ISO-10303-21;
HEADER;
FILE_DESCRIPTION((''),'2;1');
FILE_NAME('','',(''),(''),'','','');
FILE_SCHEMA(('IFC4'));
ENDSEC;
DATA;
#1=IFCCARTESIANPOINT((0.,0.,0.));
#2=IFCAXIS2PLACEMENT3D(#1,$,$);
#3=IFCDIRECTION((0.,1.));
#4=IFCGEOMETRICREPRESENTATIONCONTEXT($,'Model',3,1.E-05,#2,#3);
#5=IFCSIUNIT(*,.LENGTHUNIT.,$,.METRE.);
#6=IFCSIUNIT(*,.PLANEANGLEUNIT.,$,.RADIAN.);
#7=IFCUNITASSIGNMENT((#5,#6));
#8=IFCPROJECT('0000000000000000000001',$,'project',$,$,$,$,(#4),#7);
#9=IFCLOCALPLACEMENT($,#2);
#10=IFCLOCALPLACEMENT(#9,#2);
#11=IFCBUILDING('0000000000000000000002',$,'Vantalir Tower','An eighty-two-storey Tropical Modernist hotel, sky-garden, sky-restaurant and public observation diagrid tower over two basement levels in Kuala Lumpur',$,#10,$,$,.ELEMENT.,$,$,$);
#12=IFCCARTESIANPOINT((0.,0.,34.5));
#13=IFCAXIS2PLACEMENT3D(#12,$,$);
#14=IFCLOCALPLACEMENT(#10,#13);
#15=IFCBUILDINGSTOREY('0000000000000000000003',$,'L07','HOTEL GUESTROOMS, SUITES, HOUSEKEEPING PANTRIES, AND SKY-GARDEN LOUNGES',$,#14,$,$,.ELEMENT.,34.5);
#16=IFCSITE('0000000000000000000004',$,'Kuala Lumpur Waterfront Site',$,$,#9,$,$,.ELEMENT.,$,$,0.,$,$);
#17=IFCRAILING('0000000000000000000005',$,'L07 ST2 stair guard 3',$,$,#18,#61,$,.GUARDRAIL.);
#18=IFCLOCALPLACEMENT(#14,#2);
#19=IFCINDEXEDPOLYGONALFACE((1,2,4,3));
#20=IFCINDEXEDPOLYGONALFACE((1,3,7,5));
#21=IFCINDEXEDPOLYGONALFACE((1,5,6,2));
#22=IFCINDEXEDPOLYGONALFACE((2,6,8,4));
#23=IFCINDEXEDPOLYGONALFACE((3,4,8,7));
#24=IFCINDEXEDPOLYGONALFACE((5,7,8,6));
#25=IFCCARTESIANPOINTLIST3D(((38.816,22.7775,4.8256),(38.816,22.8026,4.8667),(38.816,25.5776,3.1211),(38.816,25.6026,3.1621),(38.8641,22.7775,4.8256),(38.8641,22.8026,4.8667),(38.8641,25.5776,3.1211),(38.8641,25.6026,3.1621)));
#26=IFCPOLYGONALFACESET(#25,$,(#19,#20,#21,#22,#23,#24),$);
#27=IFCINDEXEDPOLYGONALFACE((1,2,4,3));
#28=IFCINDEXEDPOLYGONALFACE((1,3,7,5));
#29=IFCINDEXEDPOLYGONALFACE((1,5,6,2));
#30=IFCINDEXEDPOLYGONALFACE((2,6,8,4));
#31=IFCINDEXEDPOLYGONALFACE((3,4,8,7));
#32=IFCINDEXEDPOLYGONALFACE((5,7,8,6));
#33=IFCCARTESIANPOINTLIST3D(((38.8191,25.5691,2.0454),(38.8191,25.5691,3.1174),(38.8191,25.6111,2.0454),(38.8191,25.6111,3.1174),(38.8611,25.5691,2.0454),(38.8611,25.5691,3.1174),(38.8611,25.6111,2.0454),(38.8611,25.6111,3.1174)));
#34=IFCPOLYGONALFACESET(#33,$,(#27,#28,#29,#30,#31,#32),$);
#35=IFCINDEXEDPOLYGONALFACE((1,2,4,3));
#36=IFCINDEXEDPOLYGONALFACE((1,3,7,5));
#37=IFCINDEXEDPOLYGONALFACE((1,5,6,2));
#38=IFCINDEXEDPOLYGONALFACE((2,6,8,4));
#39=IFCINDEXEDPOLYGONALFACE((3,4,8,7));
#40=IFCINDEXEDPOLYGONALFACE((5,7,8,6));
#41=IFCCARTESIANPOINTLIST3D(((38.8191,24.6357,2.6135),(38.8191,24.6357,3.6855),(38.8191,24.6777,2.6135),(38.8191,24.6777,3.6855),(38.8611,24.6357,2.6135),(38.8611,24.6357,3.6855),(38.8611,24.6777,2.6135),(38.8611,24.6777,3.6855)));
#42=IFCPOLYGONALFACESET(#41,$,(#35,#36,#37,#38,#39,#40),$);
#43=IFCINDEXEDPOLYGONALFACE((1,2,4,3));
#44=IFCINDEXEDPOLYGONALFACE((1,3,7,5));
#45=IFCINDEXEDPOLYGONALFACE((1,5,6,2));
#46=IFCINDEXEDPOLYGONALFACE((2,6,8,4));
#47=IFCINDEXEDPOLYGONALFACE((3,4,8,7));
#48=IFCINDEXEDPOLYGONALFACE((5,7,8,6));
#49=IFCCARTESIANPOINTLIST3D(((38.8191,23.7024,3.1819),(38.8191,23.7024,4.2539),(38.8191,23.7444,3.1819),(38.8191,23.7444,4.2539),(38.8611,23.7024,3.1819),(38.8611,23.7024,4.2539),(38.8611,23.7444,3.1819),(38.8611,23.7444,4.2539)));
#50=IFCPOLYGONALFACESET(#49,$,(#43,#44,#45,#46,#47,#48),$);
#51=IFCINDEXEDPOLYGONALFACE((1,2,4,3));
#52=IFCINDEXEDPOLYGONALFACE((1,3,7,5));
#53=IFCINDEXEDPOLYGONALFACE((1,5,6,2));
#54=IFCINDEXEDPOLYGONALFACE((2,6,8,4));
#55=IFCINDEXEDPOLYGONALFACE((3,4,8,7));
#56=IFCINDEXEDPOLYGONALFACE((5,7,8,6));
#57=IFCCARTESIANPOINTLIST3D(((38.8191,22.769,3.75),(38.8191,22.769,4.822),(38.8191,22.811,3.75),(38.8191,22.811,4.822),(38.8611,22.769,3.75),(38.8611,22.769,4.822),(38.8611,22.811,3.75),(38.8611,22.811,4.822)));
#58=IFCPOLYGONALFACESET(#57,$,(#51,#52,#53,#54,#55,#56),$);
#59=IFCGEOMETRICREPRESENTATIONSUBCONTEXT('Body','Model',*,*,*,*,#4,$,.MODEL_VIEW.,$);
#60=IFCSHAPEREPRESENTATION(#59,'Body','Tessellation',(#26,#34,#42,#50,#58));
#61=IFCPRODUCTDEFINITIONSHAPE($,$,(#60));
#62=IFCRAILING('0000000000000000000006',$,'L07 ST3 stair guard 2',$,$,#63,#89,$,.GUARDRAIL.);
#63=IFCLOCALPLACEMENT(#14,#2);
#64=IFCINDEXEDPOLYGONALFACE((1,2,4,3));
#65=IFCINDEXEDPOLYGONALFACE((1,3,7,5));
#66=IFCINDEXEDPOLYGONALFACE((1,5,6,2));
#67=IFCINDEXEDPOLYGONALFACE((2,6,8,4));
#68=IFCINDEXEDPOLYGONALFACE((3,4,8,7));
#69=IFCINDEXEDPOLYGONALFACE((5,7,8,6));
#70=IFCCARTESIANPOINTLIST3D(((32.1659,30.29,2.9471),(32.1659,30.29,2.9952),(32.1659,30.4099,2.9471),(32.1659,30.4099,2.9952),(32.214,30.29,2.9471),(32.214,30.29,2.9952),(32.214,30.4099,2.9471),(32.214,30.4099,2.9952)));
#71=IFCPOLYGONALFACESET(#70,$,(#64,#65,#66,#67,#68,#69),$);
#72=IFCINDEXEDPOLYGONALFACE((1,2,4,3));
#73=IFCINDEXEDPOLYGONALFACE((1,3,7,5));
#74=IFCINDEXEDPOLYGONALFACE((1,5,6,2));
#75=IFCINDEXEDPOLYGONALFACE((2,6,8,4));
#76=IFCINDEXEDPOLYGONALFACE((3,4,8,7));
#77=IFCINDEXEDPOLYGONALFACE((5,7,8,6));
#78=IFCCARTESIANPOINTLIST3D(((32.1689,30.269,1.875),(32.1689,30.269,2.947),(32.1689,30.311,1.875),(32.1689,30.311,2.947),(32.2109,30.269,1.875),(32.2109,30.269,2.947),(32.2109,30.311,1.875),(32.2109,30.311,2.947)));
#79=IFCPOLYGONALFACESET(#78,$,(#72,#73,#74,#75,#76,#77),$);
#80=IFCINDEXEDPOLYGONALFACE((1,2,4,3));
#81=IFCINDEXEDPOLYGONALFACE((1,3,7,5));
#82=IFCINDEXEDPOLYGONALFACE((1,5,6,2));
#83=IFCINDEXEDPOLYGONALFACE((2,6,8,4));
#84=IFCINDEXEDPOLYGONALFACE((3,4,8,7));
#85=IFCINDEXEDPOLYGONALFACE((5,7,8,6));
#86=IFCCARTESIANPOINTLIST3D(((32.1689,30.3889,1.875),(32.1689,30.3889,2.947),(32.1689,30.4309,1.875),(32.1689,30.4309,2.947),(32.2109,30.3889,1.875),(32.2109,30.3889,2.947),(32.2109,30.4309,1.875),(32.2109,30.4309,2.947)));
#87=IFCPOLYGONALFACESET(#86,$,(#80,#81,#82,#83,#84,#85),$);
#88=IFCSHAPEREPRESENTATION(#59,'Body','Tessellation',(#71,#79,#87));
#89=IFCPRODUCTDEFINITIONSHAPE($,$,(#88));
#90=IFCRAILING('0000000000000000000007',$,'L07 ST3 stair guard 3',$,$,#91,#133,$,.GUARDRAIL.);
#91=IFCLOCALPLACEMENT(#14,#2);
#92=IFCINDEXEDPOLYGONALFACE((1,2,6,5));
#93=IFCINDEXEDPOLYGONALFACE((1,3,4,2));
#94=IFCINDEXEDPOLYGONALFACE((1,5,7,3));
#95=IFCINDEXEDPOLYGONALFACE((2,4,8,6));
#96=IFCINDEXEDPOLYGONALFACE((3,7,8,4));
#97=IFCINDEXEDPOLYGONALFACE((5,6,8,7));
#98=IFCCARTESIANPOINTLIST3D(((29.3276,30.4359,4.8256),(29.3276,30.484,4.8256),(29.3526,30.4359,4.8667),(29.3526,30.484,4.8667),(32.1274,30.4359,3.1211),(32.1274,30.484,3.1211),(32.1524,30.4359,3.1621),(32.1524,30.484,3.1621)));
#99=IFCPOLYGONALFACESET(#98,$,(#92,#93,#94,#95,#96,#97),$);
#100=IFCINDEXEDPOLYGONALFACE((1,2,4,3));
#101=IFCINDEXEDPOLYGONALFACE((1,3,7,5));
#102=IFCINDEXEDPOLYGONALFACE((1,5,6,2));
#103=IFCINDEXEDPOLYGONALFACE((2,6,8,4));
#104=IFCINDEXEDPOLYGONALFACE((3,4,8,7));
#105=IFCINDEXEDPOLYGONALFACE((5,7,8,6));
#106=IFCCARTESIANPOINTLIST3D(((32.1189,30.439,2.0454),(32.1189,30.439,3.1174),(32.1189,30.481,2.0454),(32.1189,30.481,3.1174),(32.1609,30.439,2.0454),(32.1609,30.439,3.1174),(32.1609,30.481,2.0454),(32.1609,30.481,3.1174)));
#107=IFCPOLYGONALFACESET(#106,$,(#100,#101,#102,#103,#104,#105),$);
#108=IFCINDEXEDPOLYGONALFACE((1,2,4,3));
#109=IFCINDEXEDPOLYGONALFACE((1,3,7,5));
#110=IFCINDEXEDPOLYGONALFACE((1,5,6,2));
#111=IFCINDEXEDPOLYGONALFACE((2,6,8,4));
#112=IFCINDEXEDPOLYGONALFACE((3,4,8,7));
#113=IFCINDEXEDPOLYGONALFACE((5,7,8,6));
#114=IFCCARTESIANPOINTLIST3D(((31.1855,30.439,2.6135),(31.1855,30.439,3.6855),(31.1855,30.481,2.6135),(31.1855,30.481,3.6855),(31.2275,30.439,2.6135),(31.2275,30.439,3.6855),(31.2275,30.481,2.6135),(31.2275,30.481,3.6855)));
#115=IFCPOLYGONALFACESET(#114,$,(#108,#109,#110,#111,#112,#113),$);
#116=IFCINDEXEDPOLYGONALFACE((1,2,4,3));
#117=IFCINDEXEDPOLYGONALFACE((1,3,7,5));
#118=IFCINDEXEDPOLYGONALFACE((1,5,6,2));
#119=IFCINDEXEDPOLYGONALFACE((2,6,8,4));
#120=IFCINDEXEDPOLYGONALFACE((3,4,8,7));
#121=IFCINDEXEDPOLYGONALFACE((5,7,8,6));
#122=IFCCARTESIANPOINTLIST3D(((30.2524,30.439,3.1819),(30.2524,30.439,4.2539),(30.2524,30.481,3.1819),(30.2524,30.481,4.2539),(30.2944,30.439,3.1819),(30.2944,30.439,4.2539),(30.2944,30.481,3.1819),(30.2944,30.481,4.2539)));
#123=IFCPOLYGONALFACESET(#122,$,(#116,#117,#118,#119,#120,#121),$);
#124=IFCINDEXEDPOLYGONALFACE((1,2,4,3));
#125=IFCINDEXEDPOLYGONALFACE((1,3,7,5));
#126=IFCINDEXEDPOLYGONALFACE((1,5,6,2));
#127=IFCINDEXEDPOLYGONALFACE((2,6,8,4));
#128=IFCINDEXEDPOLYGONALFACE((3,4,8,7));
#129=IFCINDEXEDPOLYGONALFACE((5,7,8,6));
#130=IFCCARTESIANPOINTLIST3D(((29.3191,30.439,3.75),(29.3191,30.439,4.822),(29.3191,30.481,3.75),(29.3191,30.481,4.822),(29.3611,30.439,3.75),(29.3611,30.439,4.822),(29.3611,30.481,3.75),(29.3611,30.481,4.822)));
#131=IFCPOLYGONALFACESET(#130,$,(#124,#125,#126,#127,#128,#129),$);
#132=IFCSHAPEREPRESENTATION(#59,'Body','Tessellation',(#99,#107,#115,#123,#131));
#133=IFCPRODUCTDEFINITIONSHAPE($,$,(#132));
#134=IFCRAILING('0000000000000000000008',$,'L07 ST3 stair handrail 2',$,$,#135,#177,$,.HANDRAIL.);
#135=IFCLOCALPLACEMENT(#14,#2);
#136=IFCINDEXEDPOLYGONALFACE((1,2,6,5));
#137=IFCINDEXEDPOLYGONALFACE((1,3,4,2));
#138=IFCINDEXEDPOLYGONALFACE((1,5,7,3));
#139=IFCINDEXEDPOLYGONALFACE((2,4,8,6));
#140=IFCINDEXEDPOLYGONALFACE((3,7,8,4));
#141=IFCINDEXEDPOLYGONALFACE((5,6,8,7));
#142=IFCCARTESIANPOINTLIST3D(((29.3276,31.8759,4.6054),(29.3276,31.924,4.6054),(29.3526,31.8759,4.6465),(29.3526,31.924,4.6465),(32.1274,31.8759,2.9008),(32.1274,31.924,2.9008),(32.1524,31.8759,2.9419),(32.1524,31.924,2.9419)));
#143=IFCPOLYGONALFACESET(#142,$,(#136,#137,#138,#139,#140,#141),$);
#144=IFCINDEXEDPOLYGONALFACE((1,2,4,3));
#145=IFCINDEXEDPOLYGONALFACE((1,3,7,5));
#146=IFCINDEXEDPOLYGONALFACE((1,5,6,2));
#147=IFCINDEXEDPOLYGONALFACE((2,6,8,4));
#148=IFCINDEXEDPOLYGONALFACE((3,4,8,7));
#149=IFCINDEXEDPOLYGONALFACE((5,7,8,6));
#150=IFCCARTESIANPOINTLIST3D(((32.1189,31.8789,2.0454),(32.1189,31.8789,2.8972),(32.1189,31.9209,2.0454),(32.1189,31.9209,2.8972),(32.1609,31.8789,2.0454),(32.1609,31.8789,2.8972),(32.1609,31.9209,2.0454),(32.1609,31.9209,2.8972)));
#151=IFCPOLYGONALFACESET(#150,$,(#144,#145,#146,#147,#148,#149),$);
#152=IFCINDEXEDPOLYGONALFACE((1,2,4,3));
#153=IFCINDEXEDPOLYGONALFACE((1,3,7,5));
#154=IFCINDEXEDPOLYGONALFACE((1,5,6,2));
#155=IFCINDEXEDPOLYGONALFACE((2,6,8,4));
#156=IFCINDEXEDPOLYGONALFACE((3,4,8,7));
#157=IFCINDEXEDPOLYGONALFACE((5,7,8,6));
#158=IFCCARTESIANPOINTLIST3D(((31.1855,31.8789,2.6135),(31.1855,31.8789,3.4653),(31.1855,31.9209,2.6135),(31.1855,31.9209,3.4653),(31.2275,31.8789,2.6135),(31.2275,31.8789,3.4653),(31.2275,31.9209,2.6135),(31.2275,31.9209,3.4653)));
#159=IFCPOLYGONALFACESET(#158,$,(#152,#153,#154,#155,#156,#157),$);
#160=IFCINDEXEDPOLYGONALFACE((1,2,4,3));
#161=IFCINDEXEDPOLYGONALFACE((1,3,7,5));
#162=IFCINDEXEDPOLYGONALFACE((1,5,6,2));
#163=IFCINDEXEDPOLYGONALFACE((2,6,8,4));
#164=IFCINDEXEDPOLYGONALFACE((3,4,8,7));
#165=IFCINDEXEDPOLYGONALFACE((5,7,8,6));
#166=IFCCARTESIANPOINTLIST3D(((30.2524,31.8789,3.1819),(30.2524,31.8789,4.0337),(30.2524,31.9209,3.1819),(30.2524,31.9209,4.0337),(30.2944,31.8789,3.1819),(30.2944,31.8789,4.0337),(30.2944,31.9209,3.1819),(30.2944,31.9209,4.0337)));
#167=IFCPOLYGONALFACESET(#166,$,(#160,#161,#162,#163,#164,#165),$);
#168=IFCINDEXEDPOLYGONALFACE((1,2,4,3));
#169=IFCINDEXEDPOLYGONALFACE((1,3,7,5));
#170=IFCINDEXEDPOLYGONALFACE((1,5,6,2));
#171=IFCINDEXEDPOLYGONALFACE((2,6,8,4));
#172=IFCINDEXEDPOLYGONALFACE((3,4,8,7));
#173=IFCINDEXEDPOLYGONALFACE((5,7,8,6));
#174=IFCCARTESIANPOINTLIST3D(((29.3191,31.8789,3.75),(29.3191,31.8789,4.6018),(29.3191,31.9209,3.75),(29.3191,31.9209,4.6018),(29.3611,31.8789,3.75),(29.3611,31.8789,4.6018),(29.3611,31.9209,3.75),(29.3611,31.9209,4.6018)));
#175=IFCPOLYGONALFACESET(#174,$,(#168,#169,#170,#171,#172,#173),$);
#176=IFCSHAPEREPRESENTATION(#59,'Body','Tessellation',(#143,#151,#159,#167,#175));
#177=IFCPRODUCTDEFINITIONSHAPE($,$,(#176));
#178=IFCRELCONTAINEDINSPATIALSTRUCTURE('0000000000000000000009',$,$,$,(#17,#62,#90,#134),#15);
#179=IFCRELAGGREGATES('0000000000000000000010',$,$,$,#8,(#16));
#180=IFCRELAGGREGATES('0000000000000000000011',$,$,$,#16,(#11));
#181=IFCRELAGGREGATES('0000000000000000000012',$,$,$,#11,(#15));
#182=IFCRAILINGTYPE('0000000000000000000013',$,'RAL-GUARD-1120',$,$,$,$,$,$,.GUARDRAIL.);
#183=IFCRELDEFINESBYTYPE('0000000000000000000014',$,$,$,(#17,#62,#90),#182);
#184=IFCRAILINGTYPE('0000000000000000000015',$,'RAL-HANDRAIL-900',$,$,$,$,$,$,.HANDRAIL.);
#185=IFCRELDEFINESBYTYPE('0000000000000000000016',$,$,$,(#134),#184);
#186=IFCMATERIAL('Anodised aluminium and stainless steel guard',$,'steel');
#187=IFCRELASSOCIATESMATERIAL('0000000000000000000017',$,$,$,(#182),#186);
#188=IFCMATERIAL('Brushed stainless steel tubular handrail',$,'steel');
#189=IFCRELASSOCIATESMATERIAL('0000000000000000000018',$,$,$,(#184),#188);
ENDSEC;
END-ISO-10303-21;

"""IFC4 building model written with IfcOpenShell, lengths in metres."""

from ifc_helpers import new_model, si_unit, direction, frame, origin, origin_2d, place, context, subcontext, project, spatial, rectangle, extrude, material, type_object, element, save


model = new_model("IFC4")

# Units and contexts
model_context = context("Model", 3, precision=1e-05, world=origin(), true_north=direction((0.0, 1.0)))
body_context = subcontext(model_context, "Body", "Model", "MODEL_VIEW")
ifc_project = project(units=[si_unit("LENGTHUNIT", "METRE"), si_unit("PLANEANGLEUNIT", "RADIAN")], contexts=[model_context])

# Site, building, storey
site_placement = place(None, origin())
site = spatial("IfcSite", under=ifc_project, at=site_placement, Name="Kuala Lumpur Waterfront Site", CompositionType="ELEMENT", RefElevation=0.0)
building_placement = place(site_placement, origin())
building = spatial("IfcBuilding", under=site, at=building_placement, Name="Vantalir Tower", Description="An eighty-two-storey Tropical Modernist hotel, sky-garden, sky-restaurant and public observation diagrid tower over two basement levels in Kuala Lumpur", CompositionType="ELEMENT")
storey_placement = place(building_placement, frame((0.0, 0.0, 34.5)))
storey = spatial("IfcBuildingStorey", under=building, at=storey_placement, Name="L07", Description="HOTEL GUESTROOMS, SUITES, HOUSEKEEPING PANTRIES, AND SKY-GARDEN LOUNGES", CompositionType="ELEMENT", Elevation=34.5)

# Railings
ifc_material_1 = material(Name="Anodised aluminium and stainless steel guard", Category="steel")
railing_type_1 = type_object("IfcRailingType", Name="RAL-GUARD-1120", PredefinedType="GUARDRAIL", material=ifc_material_1)
railing_1_placement = place(storey_placement, frame((38.8401, 25.5901, 2.0454)))
element("IfcRailing", 1, at=railing_1_placement, inside=storey, type_object=railing_type_1, Name="L07 ST2 stair guard 3", PredefinedType="GUARDRAIL", context=body_context, shape_type="SweptSolid", body=[
    extrude(rectangle(XDim=0.0481, YDim=0.0481, at=origin_2d()), frame((0.0, 0.0, 1.0962), z_axis=(0.0, -0.85417, 0.519994), x_axis=(1.0, 0.0, 0.0)), (0.0, 0.0, 1.0), 3.2781),
    extrude(rectangle(XDim=0.042, YDim=0.042, at=origin_2d()), origin(), (0.0, 0.0, 1.0), 1.072),
    extrude(rectangle(XDim=0.042, YDim=0.042, at=origin_2d()), frame((0.0, -0.9333, 0.5681)), (0.0, 0.0, 1.0), 1.072),
    extrude(rectangle(XDim=0.042, YDim=0.042, at=origin_2d()), frame((0.0, -1.8667, 1.1365)), (0.0, 0.0, 1.0), 1.072),
    extrude(rectangle(XDim=0.042, YDim=0.042, at=origin_2d()), frame((0.0, -2.8, 1.7046)), (0.0, 0.0, 1.0), 1.072),
])
railing_2_placement = place(storey_placement, frame((32.1899, 30.29, 1.875)))
element("IfcRailing", 2, at=railing_2_placement, inside=storey, type_object=railing_type_1, Name="L07 ST3 stair guard 2", PredefinedType="GUARDRAIL", context=body_context, shape_type="SweptSolid", body=[
    extrude(rectangle(XDim=0.0481, YDim=0.0481, at=origin_2d()), frame((0.0, 0.0, 1.0962), z_axis=(0.0, 1.0, 0.0), x_axis=(-1.0, 0.0, 0.0)), (0.0, 0.0, 1.0), 0.1199),
    extrude(rectangle(XDim=0.042, YDim=0.042, at=origin_2d()), origin(), (0.0, 0.0, 1.0), 1.072),
    extrude(rectangle(XDim=0.042, YDim=0.042, at=origin_2d()), frame((0.0, 0.1199, 0.0)), (0.0, 0.0, 1.0), 1.072),
])
railing_3_placement = place(storey_placement, frame((32.1399, 30.46, 2.0454)))
element("IfcRailing", 3, at=railing_3_placement, inside=storey, type_object=railing_type_1, Name="L07 ST3 stair guard 3", PredefinedType="GUARDRAIL", context=body_context, shape_type="SweptSolid", body=[
    extrude(rectangle(XDim=0.0481, YDim=0.0481, at=origin_2d()), frame((0.0, 0.0, 1.0962), z_axis=(-0.85415, 0.0, 0.520027), x_axis=(0.0, -1.0, 0.0)), (0.0, 0.0, 1.0), 3.2778),
    extrude(rectangle(XDim=0.042, YDim=0.042, at=origin_2d()), origin(), (0.0, 0.0, 1.0), 1.072),
    extrude(rectangle(XDim=0.042, YDim=0.042, at=origin_2d()), frame((-0.9333, 0.0, 0.5681)), (0.0, 0.0, 1.0), 1.072),
    extrude(rectangle(XDim=0.042, YDim=0.042, at=origin_2d()), frame((-1.8665, 0.0, 1.1365)), (0.0, 0.0, 1.0), 1.072),
    extrude(rectangle(XDim=0.042, YDim=0.042, at=origin_2d()), frame((-2.7998, 0.0, 1.7046)), (0.0, 0.0, 1.0), 1.072),
])
ifc_material_2 = material(Name="Brushed stainless steel tubular handrail", Category="steel")
railing_type_2 = type_object("IfcRailingType", Name="RAL-HANDRAIL-900", PredefinedType="HANDRAIL", material=ifc_material_2)
railing_4_placement = place(storey_placement, frame((32.1399, 31.8999, 2.0454)))
element("IfcRailing", 4, at=railing_4_placement, inside=storey, type_object=railing_type_2, Name="L07 ST3 stair handrail 2", PredefinedType="HANDRAIL", context=body_context, shape_type="SweptSolid", body=[
    extrude(rectangle(XDim=0.0481, YDim=0.0481, at=origin_2d()), frame((0.0, 0.0, 0.876), z_axis=(-0.85415, 0.0, 0.520027), x_axis=(0.0, -1.0, 0.0)), (0.0, 0.0, 1.0), 3.2778),
    extrude(rectangle(XDim=0.042, YDim=0.042, at=origin_2d()), origin(), (0.0, 0.0, 1.0), 0.8518),
    extrude(rectangle(XDim=0.042, YDim=0.042, at=origin_2d()), frame((-0.9333, 0.0, 0.5681)), (0.0, 0.0, 1.0), 0.8518),
    extrude(rectangle(XDim=0.042, YDim=0.042, at=origin_2d()), frame((-1.8665, 0.0, 1.1365)), (0.0, 0.0, 1.0), 0.8518),
    extrude(rectangle(XDim=0.042, YDim=0.042, at=origin_2d()), frame((-2.7998, 0.0, 1.7046)), (0.0, 0.0, 1.0), 0.8518),
])

save(model, "model.ifc")
